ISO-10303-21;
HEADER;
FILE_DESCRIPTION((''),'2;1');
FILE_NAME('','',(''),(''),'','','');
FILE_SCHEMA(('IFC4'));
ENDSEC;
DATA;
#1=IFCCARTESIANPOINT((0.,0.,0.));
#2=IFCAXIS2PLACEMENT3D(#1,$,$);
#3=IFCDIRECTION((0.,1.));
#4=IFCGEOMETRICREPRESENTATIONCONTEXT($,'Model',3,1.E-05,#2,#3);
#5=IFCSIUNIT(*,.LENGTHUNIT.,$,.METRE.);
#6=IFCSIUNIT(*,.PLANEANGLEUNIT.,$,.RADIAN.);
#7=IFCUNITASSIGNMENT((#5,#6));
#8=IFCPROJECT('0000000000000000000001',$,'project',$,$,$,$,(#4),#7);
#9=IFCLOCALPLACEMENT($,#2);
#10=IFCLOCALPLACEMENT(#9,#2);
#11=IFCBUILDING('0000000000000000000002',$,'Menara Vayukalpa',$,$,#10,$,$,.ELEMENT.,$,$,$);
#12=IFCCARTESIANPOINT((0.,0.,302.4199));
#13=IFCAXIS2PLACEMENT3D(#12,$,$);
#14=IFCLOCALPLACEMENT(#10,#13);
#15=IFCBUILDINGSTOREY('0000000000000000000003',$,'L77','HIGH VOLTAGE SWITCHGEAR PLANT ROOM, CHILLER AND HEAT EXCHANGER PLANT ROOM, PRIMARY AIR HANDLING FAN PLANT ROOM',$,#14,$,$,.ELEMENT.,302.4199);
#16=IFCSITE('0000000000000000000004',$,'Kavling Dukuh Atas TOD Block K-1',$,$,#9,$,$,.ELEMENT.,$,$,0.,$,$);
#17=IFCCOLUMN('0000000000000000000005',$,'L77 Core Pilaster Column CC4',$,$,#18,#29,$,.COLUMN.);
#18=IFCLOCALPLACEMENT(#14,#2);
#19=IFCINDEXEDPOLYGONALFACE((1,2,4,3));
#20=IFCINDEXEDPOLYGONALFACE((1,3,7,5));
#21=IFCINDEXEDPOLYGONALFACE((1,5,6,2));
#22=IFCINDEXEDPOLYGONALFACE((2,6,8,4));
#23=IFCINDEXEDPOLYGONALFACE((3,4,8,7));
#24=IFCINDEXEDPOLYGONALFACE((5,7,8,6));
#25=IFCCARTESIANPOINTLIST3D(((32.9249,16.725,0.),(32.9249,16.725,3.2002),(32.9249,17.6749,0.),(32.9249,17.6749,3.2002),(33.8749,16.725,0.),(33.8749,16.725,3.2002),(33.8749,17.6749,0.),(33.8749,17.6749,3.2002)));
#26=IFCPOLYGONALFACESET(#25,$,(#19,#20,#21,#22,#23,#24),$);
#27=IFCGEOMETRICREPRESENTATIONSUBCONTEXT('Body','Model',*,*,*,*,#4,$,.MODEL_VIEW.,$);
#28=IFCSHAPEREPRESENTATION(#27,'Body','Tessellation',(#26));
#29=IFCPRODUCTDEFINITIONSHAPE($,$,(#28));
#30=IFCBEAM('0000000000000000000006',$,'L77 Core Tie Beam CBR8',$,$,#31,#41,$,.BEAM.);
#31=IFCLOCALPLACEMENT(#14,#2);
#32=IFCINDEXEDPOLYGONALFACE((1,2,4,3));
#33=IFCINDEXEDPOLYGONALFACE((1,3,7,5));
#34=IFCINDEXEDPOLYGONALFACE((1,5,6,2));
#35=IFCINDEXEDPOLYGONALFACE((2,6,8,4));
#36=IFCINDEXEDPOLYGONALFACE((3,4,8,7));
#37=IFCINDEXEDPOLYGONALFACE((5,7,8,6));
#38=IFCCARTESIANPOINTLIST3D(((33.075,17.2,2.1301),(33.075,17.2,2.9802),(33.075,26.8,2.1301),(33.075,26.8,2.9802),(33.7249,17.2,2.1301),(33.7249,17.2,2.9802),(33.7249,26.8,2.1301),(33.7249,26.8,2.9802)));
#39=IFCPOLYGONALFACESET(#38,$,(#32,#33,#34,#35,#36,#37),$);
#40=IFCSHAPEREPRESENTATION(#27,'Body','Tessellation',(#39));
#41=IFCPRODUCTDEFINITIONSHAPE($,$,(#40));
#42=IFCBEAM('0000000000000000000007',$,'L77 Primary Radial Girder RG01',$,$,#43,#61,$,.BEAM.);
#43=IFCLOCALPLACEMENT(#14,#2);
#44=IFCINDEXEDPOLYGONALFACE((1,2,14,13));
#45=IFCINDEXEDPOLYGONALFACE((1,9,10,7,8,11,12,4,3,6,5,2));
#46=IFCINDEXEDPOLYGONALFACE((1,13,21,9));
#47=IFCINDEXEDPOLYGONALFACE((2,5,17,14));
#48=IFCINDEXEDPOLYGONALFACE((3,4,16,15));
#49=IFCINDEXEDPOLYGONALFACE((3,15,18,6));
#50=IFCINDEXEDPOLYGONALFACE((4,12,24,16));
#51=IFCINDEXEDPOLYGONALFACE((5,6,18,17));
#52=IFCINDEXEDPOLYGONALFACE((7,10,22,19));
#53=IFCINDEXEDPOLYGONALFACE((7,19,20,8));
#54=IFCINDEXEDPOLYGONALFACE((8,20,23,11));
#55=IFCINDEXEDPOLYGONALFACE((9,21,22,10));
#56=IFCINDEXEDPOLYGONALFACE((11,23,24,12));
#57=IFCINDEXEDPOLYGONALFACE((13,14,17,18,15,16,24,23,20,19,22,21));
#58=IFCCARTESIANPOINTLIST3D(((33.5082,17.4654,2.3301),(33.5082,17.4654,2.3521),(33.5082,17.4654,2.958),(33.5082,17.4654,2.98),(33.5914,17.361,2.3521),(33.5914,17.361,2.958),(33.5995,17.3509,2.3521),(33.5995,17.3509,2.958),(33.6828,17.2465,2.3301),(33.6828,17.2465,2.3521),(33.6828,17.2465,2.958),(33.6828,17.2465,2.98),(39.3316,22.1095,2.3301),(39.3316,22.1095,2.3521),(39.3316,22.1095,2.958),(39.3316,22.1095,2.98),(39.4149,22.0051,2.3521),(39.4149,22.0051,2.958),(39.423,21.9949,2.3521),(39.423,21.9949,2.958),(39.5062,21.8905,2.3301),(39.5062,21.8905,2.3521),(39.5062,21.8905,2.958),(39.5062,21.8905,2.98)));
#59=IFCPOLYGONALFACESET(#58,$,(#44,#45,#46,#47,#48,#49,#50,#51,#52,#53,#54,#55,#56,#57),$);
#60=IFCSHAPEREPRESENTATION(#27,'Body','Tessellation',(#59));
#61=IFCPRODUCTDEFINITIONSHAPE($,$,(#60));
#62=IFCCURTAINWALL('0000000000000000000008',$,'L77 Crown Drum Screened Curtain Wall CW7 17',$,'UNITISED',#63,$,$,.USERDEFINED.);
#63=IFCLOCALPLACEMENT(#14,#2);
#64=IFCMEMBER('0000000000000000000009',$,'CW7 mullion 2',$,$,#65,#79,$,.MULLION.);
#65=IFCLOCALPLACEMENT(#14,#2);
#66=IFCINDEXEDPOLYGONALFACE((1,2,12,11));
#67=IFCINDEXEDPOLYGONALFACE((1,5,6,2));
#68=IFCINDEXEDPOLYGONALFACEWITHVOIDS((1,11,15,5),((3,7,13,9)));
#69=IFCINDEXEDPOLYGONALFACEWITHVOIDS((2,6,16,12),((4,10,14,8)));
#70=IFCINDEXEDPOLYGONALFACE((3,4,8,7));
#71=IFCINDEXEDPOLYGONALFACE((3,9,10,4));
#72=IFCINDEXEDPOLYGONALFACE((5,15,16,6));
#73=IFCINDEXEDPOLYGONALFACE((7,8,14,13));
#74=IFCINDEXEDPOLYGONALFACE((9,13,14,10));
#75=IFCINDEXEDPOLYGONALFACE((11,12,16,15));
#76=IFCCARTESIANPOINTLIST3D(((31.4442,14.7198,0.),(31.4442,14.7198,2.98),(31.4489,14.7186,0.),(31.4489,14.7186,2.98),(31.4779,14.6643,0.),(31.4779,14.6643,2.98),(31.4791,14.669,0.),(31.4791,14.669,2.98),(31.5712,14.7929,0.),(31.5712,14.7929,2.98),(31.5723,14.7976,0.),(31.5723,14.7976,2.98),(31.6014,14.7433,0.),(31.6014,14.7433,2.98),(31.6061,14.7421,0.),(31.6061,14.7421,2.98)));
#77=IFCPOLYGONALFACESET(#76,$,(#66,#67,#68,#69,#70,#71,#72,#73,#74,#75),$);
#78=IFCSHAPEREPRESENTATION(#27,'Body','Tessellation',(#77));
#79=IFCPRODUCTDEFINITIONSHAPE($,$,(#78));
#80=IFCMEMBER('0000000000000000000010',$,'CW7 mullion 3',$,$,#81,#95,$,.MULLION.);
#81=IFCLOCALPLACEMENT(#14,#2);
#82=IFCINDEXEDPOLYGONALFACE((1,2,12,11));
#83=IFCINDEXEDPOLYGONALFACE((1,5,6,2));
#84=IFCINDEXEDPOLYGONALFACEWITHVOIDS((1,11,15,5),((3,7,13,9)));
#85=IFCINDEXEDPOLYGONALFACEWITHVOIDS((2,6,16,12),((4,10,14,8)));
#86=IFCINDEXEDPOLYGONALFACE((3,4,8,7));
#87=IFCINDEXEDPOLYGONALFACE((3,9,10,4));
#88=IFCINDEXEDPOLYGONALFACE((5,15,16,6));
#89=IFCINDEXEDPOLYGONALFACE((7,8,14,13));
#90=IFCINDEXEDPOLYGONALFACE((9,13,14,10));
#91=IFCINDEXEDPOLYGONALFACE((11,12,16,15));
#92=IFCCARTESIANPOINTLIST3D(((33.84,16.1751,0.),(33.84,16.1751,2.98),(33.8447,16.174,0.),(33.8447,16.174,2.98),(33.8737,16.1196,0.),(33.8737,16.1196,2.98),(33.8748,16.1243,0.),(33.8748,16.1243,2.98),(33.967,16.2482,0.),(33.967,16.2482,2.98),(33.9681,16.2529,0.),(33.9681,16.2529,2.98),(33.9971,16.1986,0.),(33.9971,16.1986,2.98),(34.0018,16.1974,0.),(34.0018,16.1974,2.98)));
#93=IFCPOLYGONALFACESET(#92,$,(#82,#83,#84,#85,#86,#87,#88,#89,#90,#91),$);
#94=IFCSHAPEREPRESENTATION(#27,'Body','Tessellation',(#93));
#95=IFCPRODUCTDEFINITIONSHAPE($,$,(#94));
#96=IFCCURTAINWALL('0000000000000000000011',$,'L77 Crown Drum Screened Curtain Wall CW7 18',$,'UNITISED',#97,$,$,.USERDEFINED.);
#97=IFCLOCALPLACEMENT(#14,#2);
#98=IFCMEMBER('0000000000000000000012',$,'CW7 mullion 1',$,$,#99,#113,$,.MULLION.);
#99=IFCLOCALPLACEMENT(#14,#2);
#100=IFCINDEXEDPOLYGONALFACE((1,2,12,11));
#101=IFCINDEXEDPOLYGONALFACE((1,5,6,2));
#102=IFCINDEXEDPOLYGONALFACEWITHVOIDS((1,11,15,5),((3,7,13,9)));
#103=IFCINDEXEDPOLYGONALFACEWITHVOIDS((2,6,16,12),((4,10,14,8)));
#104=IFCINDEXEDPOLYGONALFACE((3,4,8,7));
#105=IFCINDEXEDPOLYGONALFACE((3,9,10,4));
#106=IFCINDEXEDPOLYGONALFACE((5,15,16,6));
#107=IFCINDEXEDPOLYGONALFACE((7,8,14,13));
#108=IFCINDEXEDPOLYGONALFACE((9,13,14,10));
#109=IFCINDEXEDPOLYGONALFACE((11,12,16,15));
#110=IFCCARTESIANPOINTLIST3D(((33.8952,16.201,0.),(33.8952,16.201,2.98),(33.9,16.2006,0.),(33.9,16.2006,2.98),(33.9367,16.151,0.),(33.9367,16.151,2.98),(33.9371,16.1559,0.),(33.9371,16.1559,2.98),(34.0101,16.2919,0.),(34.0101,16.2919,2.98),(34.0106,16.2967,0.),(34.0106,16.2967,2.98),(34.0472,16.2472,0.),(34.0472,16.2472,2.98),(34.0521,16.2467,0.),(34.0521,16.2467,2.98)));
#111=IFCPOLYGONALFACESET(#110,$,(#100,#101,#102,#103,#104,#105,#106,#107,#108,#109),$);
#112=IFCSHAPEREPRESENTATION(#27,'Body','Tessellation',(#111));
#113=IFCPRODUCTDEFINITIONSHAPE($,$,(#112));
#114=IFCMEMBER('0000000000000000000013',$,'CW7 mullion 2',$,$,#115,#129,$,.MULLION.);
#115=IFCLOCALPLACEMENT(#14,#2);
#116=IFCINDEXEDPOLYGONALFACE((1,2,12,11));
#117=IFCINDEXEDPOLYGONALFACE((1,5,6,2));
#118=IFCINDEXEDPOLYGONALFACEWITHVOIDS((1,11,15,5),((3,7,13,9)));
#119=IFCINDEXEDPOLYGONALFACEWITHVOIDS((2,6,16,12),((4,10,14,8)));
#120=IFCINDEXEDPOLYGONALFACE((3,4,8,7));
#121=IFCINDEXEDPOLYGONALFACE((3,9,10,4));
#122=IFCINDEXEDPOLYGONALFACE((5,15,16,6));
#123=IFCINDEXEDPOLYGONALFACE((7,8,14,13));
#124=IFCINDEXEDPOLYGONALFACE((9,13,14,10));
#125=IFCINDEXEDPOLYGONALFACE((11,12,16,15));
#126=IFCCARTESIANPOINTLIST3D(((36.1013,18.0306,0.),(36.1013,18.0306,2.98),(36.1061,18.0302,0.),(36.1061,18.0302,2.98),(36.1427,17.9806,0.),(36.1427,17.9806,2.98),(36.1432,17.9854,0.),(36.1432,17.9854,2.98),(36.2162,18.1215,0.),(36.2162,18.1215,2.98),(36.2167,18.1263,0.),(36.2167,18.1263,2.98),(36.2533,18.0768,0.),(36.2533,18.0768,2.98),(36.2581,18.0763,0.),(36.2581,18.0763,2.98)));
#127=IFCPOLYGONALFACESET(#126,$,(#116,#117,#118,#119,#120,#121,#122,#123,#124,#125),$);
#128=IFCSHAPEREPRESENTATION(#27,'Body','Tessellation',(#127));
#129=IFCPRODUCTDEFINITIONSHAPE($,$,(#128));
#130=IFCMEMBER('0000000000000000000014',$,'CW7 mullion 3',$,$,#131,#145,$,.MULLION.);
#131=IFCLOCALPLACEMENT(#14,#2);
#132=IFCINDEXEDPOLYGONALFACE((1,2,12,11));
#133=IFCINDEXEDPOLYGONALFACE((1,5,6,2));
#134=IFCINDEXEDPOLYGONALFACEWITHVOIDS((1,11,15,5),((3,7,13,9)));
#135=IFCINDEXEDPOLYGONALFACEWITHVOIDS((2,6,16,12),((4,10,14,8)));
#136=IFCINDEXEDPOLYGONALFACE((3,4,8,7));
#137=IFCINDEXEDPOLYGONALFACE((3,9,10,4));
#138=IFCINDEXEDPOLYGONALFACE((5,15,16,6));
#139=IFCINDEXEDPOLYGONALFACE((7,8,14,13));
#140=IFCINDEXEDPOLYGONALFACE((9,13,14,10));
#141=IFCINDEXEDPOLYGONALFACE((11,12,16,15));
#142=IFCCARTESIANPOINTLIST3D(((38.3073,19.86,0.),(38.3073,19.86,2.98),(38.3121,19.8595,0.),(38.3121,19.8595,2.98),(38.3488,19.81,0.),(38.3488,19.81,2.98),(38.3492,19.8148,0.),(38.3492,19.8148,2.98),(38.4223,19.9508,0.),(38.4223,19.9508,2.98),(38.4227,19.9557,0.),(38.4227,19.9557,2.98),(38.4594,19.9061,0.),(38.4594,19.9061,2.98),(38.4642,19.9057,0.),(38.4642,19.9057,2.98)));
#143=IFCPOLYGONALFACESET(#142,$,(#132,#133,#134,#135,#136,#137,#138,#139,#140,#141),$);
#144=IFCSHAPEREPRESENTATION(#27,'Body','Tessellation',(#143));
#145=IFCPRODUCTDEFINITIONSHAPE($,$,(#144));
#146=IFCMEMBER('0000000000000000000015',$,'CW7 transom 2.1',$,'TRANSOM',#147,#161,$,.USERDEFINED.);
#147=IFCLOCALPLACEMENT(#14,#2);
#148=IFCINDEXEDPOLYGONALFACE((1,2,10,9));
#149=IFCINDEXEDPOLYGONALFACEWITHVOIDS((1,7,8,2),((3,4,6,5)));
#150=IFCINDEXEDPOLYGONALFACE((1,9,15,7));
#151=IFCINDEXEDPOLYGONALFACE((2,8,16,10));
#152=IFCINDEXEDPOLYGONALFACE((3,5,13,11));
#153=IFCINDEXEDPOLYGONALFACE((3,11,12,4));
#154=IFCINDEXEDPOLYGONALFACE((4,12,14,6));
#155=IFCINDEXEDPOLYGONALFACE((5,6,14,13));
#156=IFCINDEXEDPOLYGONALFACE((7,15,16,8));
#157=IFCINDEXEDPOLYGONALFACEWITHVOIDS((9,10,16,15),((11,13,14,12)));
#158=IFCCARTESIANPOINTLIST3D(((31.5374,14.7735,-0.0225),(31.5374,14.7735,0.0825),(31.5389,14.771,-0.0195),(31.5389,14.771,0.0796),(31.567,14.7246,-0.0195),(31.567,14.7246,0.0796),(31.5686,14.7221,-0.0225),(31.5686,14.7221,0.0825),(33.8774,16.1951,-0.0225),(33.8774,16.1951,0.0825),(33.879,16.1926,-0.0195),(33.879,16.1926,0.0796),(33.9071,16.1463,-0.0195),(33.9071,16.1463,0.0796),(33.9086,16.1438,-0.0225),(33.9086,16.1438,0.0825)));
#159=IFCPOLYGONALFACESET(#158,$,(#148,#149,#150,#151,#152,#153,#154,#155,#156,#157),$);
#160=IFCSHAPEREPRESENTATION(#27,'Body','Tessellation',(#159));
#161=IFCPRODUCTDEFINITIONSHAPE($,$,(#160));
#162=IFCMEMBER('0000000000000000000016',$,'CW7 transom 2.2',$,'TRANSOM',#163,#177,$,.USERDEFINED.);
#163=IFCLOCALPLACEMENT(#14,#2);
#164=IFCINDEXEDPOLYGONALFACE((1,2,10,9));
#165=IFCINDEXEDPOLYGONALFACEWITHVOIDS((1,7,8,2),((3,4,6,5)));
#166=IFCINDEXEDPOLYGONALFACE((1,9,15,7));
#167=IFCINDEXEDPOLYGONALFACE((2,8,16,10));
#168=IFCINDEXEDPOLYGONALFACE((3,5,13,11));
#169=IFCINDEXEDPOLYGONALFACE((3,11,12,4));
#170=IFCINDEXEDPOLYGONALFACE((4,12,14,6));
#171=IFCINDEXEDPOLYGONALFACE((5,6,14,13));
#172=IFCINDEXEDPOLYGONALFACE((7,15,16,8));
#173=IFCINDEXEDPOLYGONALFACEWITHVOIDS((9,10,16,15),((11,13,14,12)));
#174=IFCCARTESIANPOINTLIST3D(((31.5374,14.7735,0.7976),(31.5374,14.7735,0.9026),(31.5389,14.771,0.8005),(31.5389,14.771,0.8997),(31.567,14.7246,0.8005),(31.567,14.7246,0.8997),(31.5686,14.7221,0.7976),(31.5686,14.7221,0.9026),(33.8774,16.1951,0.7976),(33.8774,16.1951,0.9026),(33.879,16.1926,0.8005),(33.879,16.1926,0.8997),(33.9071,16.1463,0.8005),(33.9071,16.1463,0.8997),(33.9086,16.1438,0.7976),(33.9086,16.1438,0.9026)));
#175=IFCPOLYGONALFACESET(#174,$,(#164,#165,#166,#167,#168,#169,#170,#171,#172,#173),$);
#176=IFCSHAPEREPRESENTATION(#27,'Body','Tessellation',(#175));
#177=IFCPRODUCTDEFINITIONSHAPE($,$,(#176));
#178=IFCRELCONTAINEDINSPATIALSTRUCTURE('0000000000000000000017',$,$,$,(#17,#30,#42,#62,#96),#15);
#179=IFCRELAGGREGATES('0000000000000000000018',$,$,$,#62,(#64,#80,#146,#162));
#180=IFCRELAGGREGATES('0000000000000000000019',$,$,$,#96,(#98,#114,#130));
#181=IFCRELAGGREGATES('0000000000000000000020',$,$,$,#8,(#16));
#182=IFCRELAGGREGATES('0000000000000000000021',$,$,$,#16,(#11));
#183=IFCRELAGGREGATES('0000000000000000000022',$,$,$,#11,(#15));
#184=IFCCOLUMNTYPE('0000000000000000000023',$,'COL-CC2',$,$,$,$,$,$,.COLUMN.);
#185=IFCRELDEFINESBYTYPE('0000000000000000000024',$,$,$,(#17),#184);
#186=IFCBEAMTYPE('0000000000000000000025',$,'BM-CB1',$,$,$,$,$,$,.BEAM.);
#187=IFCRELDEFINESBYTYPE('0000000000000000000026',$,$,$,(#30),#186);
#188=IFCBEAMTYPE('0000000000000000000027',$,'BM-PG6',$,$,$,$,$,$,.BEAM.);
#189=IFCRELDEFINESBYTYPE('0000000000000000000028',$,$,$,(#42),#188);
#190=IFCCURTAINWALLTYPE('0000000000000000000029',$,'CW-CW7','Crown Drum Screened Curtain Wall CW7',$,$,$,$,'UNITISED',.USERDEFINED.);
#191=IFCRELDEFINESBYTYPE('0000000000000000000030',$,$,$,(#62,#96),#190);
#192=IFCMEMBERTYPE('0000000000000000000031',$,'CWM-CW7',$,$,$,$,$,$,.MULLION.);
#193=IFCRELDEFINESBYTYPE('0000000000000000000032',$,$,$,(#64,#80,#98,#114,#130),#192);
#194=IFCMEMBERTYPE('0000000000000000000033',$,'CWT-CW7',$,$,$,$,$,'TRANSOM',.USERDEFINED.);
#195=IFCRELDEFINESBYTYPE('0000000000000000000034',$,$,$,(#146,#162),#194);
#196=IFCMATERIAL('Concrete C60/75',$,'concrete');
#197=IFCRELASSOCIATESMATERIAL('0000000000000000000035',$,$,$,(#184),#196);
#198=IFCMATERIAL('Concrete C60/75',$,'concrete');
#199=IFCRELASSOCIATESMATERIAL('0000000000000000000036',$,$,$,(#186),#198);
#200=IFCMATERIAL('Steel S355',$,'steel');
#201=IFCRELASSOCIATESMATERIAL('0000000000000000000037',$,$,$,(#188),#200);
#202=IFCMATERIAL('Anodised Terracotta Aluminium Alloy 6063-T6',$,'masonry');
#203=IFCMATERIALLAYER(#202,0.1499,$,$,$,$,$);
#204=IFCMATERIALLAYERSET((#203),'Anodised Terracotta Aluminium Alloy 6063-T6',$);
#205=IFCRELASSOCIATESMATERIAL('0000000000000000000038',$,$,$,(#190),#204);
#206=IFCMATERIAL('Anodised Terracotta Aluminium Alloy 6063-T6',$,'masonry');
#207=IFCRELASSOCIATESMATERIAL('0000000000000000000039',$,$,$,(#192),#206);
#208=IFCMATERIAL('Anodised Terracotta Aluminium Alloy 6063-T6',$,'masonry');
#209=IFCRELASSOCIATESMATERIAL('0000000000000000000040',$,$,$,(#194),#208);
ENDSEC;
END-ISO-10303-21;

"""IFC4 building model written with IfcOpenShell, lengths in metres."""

from ifc_helpers import new_model, si_unit, direction, frame, origin, origin_2d, place, context, subcontext, project, spatial, rectangle, hollow_rectangle, i_section, extrude, material, layer, layer_set, material_profile, profile_set, type_object, element, aggregate, save


model = new_model("IFC4")

# Units and contexts
model_context = context("Model", 3, precision=1e-05, world=origin(), true_north=direction((0.0, 1.0)))
body_context = subcontext(model_context, "Body", "Model", "MODEL_VIEW")
ifc_project = project(units=[si_unit("LENGTHUNIT", "METRE"), si_unit("PLANEANGLEUNIT", "RADIAN")], contexts=[model_context])

# Site, building, storey
site_placement = place(None, origin())
site = spatial("IfcSite", under=ifc_project, at=site_placement, Name="Kavling Dukuh Atas TOD Block K-1", CompositionType="ELEMENT", RefElevation=0.0)
building_placement = place(site_placement, origin())
building = spatial("IfcBuilding", under=site, at=building_placement, Name="Menara Vayukalpa", CompositionType="ELEMENT")
storey_placement = place(building_placement, frame((0.0, 0.0, 302.4199)))
storey = spatial("IfcBuildingStorey", under=building, at=storey_placement, Name="L77", Description="HIGH VOLTAGE SWITCHGEAR PLANT ROOM, CHILLER AND HEAT EXCHANGER PLANT ROOM, PRIMARY AIR HANDLING FAN PLANT ROOM", CompositionType="ELEMENT", Elevation=302.4199)

# Column
ifc_material_1 = material(Name="Concrete C60/75", Category="concrete")
ifc_material_profile_1 = material_profile(ifc_material_1, rectangle(XDim=0.95, YDim=0.95, at=origin_2d()), Name="RC 950x950")
ifc_profile_set_1 = profile_set([ifc_material_profile_1], Name="Concrete C60/75")
column_type = type_object("IfcColumnType", Name="COL-CC2", PredefinedType="COLUMN", material=ifc_profile_set_1)
column_placement = place(storey_placement, frame((33.3999, 17.2, 0.0), z_axis=(0.0, 0.0, 1.0), x_axis=(1.0, 0.0, 0.0)))
element("IfcColumn", 1, at=column_placement, inside=storey, type_object=column_type, Name="L77 Core Pilaster Column CC4", PredefinedType="COLUMN", context=body_context, shape_type="SweptSolid", body=[
    extrude(rectangle(XDim=0.95, YDim=0.95, at=origin_2d()), origin(), (0.0, 0.0, 1.0), 3.2002),
])

# Beams
ifc_material_2 = material(Name="Concrete C60/75", Category="concrete")
ifc_material_profile_2 = material_profile(ifc_material_2, rectangle(XDim=0.6499, YDim=0.8501, at=origin_2d()), Name="RC 650x850")
ifc_profile_set_2 = profile_set([ifc_material_profile_2], Name="Concrete C60/75")
beam_type_1 = type_object("IfcBeamType", Name="BM-CB1", PredefinedType="BEAM", material=ifc_profile_set_2)
beam_1_placement = place(storey_placement, frame((33.3999, 17.2, 2.5552), z_axis=(0.0, 1.0, 0.0), x_axis=(-1.0, 0.0, 0.0)))
element("IfcBeam", 2, at=beam_1_placement, inside=storey, type_object=beam_type_1, Name="L77 Core Tie Beam CBR8", PredefinedType="BEAM", context=body_context, shape_type="SweptSolid", body=[
    extrude(rectangle(XDim=0.6499, YDim=0.8501, at=origin_2d()), origin(), (0.0, 0.0, 1.0), 9.6001),
])
ifc_material_3 = material(Name="Steel S355", Category="steel")
ifc_material_profile_3 = material_profile(ifc_material_3, i_section(OverallWidth=0.28, OverallDepth=0.6499, WebThickness=0.0129, FlangeThickness=0.022, at=origin_2d()), Name="WF 650x280x13x22")
ifc_profile_set_3 = profile_set([ifc_material_profile_3], Name="Steel S355")
beam_type_2 = type_object("IfcBeamType", Name="BM-PG6", PredefinedType="BEAM", material=ifc_profile_set_3)
beam_2_placement = place(storey_placement, frame((33.5955, 17.356, 2.655), z_axis=(0.781834, 0.623487, 0.0), x_axis=(-0.623487, 0.781834, 0.0)))
element("IfcBeam", 3, at=beam_2_placement, inside=storey, type_object=beam_type_2, Name="L77 Primary Radial Girder RG01", PredefinedType="BEAM", context=body_context, shape_type="SweptSolid", body=[
    extrude(i_section(OverallWidth=0.28, OverallDepth=0.6499, WebThickness=0.0129, FlangeThickness=0.022, at=origin_2d()), origin(), (0.0, 0.0, 1.0), 7.4485),
])

# Curtain walls, members
ifc_material_4 = material(Name="Anodised Terracotta Aluminium Alloy 6063-T6", Category="masonry")
ifc_layer_1 = layer(ifc_material_4, 0.1499)
ifc_layer_set_1 = layer_set([ifc_layer_1], Name="Anodised Terracotta Aluminium Alloy 6063-T6")
curtain_wall_type = type_object("IfcCurtainWallType", Name="CW-CW7", Description="Crown Drum Screened Curtain Wall CW7", ElementType="UNITISED", PredefinedType="USERDEFINED", material=ifc_layer_set_1)
curtain_wall_1_placement = place(storey_placement, origin())
curtain_wall_1 = element("IfcCurtainWall", 4, at=curtain_wall_1_placement, inside=storey, type_object=curtain_wall_type, Name="L77 Crown Drum Screened Curtain Wall CW7 17", ObjectType="UNITISED", PredefinedType="USERDEFINED")
ifc_material_5 = material(Name="Anodised Terracotta Aluminium Alloy 6063-T6", Category="masonry")
ifc_material_profile_4 = material_profile(ifc_material_5, hollow_rectangle(XDim=0.0649, YDim=0.1499, WallThickness=0.0034, at=origin_2d()), Name="ALU 65x150x3.5")
ifc_profile_set_4 = profile_set([ifc_material_profile_4], Name="Anodised Terracotta Aluminium Alloy 6063-T6")
member_type_1 = type_object("IfcMemberType", Name="CWM-CW7", PredefinedType="MULLION", material=ifc_profile_set_4)
member_1_placement = place(storey_placement, frame((31.5251, 14.731, 0.0), z_axis=(0.0, 0.0, 1.0), x_axis=(-0.519176, 0.854667, 0.0)))
member_1 = element("IfcMember", 5, at=member_1_placement, type_object=member_type_1, Name="CW7 mullion 2", PredefinedType="MULLION", context=body_context, shape_type="SweptSolid", body=[
    extrude(hollow_rectangle(XDim=0.0649, YDim=0.1499, WallThickness=0.0034, at=origin_2d()), origin(), (0.0, 0.0, 1.0), 2.98),
])
member_2_placement = place(storey_placement, frame((33.9209, 16.1863, 0.0), z_axis=(0.0, 0.0, 1.0), x_axis=(-0.519176, 0.854667, 0.0)))
member_2 = element("IfcMember", 6, at=member_2_placement, type_object=member_type_1, Name="CW7 mullion 3", PredefinedType="MULLION", context=body_context, shape_type="SweptSolid", body=[
    extrude(hollow_rectangle(XDim=0.0649, YDim=0.1499, WallThickness=0.0034, at=origin_2d()), origin(), (0.0, 0.0, 1.0), 2.98),
])
curtain_wall_2_placement = place(storey_placement, origin())
curtain_wall_2 = element("IfcCurtainWall", 7, at=curtain_wall_2_placement, inside=storey, type_object=curtain_wall_type, Name="L77 Crown Drum Screened Curtain Wall CW7 18", ObjectType="UNITISED", PredefinedType="USERDEFINED")
member_3_placement = place(storey_placement, frame((33.9736, 16.2239, 0.0), z_axis=(0.0, 0.0, 1.0), x_axis=(-0.638347, 0.769749, 0.0)))
member_3 = element("IfcMember", 8, at=member_3_placement, type_object=member_type_1, Name="CW7 mullion 1", PredefinedType="MULLION", context=body_context, shape_type="SweptSolid", body=[
    extrude(hollow_rectangle(XDim=0.0649, YDim=0.1499, WallThickness=0.0034, at=origin_2d()), origin(), (0.0, 0.0, 1.0), 2.98),
])
member_4_placement = place(storey_placement, frame((36.1797, 18.0535, 0.0), z_axis=(0.0, 0.0, 1.0), x_axis=(-0.638347, 0.769749, 0.0)))
member_4 = element("IfcMember", 9, at=member_4_placement, type_object=member_type_1, Name="CW7 mullion 2", PredefinedType="MULLION", context=body_context, shape_type="SweptSolid", body=[
    extrude(hollow_rectangle(XDim=0.0649, YDim=0.1499, WallThickness=0.0034, at=origin_2d()), origin(), (0.0, 0.0, 1.0), 2.98),
])
member_5_placement = place(storey_placement, frame((38.3857, 19.8828, 0.0), z_axis=(0.0, 0.0, 1.0), x_axis=(-0.638347, 0.769749, 0.0)))
member_5 = element("IfcMember", 10, at=member_5_placement, type_object=member_type_1, Name="CW7 mullion 3", PredefinedType="MULLION", context=body_context, shape_type="SweptSolid", body=[
    extrude(hollow_rectangle(XDim=0.0649, YDim=0.1499, WallThickness=0.0034, at=origin_2d()), origin(), (0.0, 0.0, 1.0), 2.98),
])

# Members
ifc_material_6 = material(Name="Anodised Terracotta Aluminium Alloy 6063-T6", Category="masonry")
ifc_material_profile_5 = material_profile(ifc_material_6, hollow_rectangle(XDim=0.0601, YDim=0.105, WallThickness=0.0029, at=origin_2d()), Name="ALU 60x105x3")
ifc_profile_set_5 = profile_set([ifc_material_profile_5], Name="Anodised Terracotta Aluminium Alloy 6063-T6")
member_type_2 = type_object("IfcMemberType", Name="CWT-CW7", ElementType="TRANSOM", PredefinedType="USERDEFINED", material=ifc_profile_set_5)
member_6_placement = place(storey_placement, frame((31.553, 14.7478, 0.03), z_axis=(0.854648, 0.519208, 0.0), x_axis=(-0.519208, 0.854648, 0.0)))
member_6 = element("IfcMember", 11, at=member_6_placement, type_object=member_type_2, Name="CW7 transom 2.1", ObjectType="TRANSOM", PredefinedType="USERDEFINED", context=body_context, shape_type="SweptSolid", body=[
    extrude(hollow_rectangle(XDim=0.0601, YDim=0.105, WallThickness=0.0029, at=origin_2d()), origin(), (0.0, 0.0, 1.0), 2.738),
])
member_7_placement = place(storey_placement, frame((31.553, 14.7478, 0.8501), z_axis=(0.854648, 0.519208, 0.0), x_axis=(-0.519208, 0.854648, 0.0)))
member_7 = element("IfcMember", 12, at=member_7_placement, type_object=member_type_2, Name="CW7 transom 2.2", ObjectType="TRANSOM", PredefinedType="USERDEFINED", context=body_context, shape_type="SweptSolid", body=[
    extrude(hollow_rectangle(XDim=0.0601, YDim=0.105, WallThickness=0.0029, at=origin_2d()), origin(), (0.0, 0.0, 1.0), 2.738),
])

aggregate(curtain_wall_1, [member_1, member_2, member_6, member_7])
aggregate(curtain_wall_2, [member_3, member_4, member_5])

save(model, "model.ifc")
